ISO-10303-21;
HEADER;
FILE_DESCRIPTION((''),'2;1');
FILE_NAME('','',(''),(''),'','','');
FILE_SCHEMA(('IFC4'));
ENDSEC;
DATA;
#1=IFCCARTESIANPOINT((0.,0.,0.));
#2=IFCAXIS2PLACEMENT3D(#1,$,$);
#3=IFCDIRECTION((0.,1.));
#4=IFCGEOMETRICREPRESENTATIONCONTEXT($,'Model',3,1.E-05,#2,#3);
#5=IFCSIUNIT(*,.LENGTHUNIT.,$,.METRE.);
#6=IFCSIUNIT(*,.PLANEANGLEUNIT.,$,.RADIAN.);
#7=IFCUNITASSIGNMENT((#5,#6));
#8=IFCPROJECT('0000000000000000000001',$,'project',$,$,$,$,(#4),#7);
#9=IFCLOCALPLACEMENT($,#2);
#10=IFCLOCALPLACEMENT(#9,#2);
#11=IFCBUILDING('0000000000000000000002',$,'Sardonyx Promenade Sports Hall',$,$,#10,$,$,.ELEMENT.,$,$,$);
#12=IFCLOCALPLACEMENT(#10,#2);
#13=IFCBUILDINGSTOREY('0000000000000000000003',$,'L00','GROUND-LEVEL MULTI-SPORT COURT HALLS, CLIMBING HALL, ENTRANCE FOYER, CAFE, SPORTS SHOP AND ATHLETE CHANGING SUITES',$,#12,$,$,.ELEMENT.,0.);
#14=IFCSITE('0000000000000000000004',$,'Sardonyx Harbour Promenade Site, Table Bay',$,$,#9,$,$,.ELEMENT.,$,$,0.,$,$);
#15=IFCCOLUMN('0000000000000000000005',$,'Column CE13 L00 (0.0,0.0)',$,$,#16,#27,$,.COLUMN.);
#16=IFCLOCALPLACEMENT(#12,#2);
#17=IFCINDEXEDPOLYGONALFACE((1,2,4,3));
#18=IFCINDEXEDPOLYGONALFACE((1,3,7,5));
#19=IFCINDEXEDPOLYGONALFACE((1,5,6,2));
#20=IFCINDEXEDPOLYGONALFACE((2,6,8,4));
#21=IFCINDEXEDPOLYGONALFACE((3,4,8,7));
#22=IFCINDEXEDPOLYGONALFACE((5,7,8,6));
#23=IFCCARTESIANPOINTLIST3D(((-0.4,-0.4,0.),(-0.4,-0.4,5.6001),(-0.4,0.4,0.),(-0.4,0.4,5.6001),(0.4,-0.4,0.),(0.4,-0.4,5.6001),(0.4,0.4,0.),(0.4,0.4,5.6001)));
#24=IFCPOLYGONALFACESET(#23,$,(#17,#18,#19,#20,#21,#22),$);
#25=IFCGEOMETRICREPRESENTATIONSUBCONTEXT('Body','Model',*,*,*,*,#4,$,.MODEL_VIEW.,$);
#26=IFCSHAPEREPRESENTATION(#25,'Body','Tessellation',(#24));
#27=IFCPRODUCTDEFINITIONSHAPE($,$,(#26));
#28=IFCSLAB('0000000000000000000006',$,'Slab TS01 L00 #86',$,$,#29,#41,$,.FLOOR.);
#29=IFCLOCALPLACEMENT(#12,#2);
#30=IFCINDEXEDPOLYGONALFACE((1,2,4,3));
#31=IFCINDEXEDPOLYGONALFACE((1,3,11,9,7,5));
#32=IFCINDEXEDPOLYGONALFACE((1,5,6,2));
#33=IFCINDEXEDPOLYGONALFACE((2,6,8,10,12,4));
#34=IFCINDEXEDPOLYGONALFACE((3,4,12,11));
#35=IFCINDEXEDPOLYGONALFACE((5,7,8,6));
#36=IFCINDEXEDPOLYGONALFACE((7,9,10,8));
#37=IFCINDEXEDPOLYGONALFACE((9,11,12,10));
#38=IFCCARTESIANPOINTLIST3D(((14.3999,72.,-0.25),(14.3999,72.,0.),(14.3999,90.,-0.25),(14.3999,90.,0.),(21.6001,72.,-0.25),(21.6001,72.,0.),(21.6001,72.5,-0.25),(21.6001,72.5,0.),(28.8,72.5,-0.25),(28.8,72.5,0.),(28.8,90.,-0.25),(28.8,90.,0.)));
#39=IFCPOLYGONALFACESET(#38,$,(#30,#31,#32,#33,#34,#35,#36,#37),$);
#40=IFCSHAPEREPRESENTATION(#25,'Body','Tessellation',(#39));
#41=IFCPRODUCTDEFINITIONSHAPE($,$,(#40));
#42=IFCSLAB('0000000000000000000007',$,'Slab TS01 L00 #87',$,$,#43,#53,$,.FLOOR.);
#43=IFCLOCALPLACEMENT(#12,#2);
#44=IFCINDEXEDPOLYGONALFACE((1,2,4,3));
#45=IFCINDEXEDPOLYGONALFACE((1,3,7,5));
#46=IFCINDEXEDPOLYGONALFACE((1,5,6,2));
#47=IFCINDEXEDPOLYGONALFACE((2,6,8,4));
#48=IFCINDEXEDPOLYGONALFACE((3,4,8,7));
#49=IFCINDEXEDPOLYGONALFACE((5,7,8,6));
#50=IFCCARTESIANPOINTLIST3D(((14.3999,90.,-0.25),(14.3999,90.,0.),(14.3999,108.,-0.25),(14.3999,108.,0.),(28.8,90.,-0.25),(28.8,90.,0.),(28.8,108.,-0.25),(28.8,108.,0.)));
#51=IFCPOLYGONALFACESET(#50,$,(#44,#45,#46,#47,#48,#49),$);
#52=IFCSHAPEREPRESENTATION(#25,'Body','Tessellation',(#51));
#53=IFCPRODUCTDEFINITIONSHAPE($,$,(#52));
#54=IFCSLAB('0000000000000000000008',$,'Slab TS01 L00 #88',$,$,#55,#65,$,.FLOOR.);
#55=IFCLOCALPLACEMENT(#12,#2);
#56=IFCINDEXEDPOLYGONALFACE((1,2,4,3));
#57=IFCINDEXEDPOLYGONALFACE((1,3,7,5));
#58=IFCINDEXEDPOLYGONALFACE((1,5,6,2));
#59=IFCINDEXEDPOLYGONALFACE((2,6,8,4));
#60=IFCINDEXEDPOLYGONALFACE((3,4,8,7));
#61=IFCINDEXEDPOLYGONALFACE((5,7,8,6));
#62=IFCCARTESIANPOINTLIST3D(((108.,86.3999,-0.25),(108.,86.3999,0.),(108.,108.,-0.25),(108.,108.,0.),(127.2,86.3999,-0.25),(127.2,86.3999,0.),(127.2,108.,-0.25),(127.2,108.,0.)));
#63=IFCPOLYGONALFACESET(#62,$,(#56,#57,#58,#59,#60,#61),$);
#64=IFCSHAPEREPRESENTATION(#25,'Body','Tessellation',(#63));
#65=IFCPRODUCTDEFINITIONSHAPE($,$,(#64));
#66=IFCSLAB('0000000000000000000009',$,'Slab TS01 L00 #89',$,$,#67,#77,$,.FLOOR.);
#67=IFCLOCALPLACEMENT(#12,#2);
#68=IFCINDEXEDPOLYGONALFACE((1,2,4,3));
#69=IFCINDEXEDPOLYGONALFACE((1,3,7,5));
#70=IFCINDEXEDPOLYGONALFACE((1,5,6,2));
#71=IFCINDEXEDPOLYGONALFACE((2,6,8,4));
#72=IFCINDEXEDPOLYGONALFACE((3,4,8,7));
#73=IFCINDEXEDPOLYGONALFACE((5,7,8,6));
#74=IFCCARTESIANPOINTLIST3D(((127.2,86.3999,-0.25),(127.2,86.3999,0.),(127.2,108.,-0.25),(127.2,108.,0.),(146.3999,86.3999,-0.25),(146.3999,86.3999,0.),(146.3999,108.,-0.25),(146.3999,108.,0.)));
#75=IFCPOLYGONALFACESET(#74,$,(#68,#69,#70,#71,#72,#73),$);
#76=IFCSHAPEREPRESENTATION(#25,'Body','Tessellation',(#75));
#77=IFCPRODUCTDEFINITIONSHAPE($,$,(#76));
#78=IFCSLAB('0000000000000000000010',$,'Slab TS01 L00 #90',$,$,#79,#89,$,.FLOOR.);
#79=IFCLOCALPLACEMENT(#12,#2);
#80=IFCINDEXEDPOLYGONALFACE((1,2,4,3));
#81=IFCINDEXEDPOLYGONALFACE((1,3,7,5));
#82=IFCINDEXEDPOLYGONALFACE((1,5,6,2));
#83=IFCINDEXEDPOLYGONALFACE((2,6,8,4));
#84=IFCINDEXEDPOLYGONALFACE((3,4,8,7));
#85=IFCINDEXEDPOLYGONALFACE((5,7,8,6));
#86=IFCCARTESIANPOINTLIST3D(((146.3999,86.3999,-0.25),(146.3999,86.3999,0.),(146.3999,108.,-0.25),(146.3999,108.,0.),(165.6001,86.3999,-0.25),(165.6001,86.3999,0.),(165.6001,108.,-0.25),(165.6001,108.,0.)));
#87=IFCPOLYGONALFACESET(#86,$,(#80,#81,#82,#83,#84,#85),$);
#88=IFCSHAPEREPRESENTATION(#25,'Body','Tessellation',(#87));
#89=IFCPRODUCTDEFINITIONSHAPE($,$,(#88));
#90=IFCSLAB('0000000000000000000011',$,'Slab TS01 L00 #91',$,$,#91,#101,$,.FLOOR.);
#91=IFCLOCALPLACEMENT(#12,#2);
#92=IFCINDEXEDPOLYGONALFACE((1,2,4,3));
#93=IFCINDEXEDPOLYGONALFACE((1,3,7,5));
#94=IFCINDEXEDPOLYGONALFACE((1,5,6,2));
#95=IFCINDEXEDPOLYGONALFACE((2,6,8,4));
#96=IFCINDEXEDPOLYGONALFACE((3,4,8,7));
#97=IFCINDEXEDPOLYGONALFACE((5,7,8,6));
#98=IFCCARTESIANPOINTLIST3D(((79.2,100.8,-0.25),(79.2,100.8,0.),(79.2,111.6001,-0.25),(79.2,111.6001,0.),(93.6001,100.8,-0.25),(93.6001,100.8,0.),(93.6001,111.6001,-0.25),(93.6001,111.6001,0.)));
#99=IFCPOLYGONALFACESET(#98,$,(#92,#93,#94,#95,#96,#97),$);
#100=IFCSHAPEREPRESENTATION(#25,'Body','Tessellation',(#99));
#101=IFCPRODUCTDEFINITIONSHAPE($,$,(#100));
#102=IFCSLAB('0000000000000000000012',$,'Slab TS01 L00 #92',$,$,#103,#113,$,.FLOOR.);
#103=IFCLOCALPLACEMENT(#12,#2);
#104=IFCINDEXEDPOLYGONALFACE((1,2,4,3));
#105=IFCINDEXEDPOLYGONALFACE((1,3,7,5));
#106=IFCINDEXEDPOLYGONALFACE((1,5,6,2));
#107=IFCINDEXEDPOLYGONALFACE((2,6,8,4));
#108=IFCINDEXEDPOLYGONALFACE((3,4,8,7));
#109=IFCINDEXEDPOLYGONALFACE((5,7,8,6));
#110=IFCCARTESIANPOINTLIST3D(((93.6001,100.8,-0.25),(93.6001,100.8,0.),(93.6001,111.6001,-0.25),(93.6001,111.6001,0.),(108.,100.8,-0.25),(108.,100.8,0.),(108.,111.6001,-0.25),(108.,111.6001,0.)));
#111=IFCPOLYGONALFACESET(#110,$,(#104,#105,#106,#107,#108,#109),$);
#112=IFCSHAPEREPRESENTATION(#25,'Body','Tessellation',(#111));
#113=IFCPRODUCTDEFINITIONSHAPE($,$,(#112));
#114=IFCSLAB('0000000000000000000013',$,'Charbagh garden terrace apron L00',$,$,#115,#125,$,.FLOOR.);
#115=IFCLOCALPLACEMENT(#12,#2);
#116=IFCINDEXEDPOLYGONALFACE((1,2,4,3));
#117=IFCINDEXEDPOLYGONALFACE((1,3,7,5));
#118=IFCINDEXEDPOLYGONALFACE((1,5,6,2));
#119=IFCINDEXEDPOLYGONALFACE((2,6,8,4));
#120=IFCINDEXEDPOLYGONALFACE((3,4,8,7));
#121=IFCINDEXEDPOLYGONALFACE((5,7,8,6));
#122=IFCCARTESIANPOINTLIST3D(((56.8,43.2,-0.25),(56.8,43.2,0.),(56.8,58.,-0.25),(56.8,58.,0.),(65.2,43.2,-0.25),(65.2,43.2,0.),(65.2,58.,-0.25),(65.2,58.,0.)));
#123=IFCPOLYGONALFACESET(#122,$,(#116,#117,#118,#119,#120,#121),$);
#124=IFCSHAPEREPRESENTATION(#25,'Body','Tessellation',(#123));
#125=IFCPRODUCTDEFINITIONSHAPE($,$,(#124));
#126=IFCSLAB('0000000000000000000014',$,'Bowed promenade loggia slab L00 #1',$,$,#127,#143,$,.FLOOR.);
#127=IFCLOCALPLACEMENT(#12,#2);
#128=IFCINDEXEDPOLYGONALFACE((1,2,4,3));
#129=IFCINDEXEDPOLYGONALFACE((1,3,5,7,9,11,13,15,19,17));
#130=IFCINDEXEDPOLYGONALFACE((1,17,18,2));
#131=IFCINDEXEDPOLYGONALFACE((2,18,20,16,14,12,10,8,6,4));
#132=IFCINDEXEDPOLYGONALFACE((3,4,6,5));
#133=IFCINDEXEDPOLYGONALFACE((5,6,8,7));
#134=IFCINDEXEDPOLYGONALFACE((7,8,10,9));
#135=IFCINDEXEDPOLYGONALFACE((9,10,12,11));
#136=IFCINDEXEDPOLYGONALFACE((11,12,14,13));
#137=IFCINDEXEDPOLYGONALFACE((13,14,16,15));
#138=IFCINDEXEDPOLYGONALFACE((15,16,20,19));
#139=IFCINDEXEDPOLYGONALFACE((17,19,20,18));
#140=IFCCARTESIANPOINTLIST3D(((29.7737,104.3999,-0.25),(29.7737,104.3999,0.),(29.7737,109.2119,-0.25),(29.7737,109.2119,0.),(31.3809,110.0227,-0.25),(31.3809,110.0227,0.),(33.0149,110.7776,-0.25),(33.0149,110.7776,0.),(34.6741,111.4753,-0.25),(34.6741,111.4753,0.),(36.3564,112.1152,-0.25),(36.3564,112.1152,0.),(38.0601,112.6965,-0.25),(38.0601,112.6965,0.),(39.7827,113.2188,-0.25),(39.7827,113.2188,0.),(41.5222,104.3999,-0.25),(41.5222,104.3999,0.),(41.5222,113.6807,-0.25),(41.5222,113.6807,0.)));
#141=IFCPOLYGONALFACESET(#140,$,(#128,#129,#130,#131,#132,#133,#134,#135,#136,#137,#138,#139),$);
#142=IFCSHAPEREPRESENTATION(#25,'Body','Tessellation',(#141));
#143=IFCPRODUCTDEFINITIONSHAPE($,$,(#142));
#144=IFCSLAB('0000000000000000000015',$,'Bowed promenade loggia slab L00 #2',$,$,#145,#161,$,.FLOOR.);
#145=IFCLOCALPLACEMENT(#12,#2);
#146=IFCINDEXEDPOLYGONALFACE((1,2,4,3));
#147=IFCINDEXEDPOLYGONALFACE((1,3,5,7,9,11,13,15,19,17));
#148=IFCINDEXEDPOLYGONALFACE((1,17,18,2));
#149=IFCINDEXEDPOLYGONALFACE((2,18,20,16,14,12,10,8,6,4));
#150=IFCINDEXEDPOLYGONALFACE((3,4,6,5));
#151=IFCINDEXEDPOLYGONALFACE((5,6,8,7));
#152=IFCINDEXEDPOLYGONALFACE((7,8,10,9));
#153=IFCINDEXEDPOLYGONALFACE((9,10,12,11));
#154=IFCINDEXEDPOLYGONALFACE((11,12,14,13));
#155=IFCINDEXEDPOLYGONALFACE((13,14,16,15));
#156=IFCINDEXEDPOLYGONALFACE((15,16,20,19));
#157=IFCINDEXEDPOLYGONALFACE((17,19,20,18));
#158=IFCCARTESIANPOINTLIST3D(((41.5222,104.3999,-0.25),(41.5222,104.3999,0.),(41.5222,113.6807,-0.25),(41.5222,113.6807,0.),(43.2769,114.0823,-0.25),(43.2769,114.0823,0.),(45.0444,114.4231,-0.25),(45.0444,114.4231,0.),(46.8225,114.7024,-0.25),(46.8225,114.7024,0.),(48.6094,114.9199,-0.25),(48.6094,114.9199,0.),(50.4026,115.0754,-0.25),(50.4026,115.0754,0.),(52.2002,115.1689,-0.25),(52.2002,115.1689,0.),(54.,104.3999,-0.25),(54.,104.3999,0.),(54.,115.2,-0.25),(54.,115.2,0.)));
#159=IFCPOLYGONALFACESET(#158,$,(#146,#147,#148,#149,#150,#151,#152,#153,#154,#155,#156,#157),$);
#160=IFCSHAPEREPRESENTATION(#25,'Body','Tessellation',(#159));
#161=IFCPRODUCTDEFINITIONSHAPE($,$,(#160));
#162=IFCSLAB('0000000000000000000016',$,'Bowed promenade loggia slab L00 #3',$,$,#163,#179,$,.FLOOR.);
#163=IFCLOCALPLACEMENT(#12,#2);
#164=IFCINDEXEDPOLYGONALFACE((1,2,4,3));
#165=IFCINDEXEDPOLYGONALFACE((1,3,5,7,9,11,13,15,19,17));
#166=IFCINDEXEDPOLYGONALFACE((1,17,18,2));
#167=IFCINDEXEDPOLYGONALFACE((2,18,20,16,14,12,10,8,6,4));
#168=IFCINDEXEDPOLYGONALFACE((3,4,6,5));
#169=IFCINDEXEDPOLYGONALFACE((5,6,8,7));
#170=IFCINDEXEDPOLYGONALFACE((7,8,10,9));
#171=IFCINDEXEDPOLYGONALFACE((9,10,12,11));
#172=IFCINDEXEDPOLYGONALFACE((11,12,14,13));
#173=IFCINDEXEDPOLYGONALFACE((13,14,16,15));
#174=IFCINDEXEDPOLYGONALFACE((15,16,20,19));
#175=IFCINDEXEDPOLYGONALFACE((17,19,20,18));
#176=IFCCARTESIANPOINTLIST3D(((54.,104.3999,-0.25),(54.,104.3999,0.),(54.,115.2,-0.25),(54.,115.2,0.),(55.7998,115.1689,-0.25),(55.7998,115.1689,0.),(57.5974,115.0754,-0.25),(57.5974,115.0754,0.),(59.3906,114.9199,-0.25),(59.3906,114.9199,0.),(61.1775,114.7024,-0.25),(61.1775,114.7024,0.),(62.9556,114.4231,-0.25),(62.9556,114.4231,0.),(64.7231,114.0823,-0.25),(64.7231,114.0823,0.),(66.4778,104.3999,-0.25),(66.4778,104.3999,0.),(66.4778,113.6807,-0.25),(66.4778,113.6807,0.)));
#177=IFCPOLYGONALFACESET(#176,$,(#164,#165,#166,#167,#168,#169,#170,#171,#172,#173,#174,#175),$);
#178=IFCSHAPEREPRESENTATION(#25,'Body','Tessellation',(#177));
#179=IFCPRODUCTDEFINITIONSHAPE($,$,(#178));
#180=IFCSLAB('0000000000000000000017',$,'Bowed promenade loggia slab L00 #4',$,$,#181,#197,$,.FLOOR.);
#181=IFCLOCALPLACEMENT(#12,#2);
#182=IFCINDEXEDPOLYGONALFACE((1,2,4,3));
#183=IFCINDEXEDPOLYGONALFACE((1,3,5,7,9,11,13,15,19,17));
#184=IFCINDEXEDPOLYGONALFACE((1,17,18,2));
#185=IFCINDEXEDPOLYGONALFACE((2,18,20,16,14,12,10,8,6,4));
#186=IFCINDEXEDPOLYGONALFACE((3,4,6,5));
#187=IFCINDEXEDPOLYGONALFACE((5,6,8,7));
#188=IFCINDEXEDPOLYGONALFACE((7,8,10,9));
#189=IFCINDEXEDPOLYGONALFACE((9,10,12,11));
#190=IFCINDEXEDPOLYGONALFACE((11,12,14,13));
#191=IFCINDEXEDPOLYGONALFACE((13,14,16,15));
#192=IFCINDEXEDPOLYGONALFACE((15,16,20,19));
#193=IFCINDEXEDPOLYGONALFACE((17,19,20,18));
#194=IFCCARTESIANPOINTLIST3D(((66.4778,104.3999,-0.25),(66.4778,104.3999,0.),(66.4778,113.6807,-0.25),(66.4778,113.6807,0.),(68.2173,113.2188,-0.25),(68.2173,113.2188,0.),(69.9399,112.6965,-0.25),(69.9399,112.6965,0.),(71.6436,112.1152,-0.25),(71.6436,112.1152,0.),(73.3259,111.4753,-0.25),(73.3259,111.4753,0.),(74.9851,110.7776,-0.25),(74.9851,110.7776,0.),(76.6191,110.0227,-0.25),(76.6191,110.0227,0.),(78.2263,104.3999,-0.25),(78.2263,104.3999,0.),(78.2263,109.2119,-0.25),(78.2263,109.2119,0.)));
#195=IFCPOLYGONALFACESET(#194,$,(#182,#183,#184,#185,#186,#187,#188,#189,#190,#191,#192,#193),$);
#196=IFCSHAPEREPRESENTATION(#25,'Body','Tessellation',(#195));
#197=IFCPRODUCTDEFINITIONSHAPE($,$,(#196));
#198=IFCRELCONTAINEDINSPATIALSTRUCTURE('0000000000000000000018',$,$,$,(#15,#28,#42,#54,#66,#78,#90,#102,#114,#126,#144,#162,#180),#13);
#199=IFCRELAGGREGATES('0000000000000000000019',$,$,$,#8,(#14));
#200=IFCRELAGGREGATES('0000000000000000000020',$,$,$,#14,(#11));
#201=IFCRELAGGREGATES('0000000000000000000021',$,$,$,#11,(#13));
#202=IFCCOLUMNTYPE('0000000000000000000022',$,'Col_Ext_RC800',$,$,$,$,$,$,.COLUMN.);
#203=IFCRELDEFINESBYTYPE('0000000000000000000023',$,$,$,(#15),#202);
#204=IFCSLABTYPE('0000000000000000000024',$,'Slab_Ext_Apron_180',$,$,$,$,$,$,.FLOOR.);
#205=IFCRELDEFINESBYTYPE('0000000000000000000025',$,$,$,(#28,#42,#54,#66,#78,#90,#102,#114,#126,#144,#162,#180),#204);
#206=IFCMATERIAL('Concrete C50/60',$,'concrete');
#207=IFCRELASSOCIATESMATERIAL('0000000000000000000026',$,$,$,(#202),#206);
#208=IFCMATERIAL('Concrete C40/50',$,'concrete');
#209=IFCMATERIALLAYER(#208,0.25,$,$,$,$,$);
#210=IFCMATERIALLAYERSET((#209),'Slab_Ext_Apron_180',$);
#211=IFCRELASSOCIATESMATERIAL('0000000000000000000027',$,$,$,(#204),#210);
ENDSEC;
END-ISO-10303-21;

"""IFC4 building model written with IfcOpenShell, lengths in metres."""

from ifc_helpers import new_model, si_unit, direction, frame, origin, origin_with_axes, origin_2d, place, context, subcontext, project, spatial, polyline, rectangle, outline, extrude, material, layer, layer_set, material_profile, profile_set, type_object, element, save


model = new_model("IFC4")

# Units and contexts
model_context = context("Model", 3, precision=1e-05, world=origin(), true_north=direction((0.0, 1.0)))
body_context = subcontext(model_context, "Body", "Model", "MODEL_VIEW")
ifc_project = project(units=[si_unit("LENGTHUNIT", "METRE"), si_unit("PLANEANGLEUNIT", "RADIAN")], contexts=[model_context])

# Site, building, storey
site_placement = place(None, origin())
site = spatial("IfcSite", under=ifc_project, at=site_placement, Name="Sardonyx Harbour Promenade Site, Table Bay", CompositionType="ELEMENT", RefElevation=0.0)
building_placement = place(site_placement, origin())
building = spatial("IfcBuilding", under=site, at=building_placement, Name="Sardonyx Promenade Sports Hall", CompositionType="ELEMENT")
storey_placement = place(building_placement, origin())
storey = spatial("IfcBuildingStorey", under=building, at=storey_placement, Name="L00", Description="GROUND-LEVEL MULTI-SPORT COURT HALLS, CLIMBING HALL, ENTRANCE FOYER, CAFE, SPORTS SHOP AND ATHLETE CHANGING SUITES", CompositionType="ELEMENT", Elevation=0.0)

# Column
ifc_material_1 = material(Name="Concrete C50/60", Category="concrete")
ifc_material_profile = material_profile(ifc_material_1, rectangle(XDim=0.8, YDim=0.8, at=origin_2d()))
ifc_profile_set = profile_set([ifc_material_profile], Name="Concrete C50/60")
column_type = type_object("IfcColumnType", Name="Col_Ext_RC800", PredefinedType="COLUMN", material=ifc_profile_set)
column_placement = place(storey_placement, origin_with_axes())
element("IfcColumn", 1, at=column_placement, inside=storey, type_object=column_type, Name="Column CE13 L00 (0.0,0.0)", PredefinedType="COLUMN", context=body_context, shape_type="SweptSolid", body=[
    extrude(rectangle(XDim=0.8, YDim=0.8, at=origin_2d()), origin(), (0.0, 0.0, 1.0), 5.6001),
])

# Slabs
ifc_material_2 = material(Name="Concrete C40/50", Category="concrete")
ifc_layer_1 = layer(ifc_material_2, 0.25)
ifc_layer_set_1 = layer_set([ifc_layer_1], Name="Slab_Ext_Apron_180")
slab_type = type_object("IfcSlabType", Name="Slab_Ext_Apron_180", PredefinedType="FLOOR", material=ifc_layer_set_1)
slab_1_placement = place(storey_placement, frame((0.0, 0.0, -0.25)))
element("IfcSlab", 2, at=slab_1_placement, inside=storey, type_object=slab_type, Name="Slab TS01 L00 #86", PredefinedType="FLOOR", context=body_context, shape_type="SweptSolid", body=[
    extrude(outline(polyline([(14.3999, 72.0), (21.6001, 72.0), (21.6001, 72.5), (28.8, 72.5), (28.8, 90.0), (14.3999, 90.0), (14.3999, 72.0)])), origin(), (0.0, 0.0, 1.0), 0.25),
])
slab_2_placement = place(storey_placement, frame((0.0, 0.0, -0.25)))
element("IfcSlab", 3, at=slab_2_placement, inside=storey, type_object=slab_type, Name="Slab TS01 L00 #87", PredefinedType="FLOOR", context=body_context, shape_type="SweptSolid", body=[
    extrude(outline(polyline([(14.3999, 90.0), (28.8, 90.0), (28.8, 108.0), (14.3999, 108.0), (14.3999, 90.0)])), origin(), (0.0, 0.0, 1.0), 0.25),
])
slab_3_placement = place(storey_placement, frame((0.0, 0.0, -0.25)))
element("IfcSlab", 4, at=slab_3_placement, inside=storey, type_object=slab_type, Name="Slab TS01 L00 #88", PredefinedType="FLOOR", context=body_context, shape_type="SweptSolid", body=[
    extrude(outline(polyline([(108.0, 86.3999), (127.2, 86.3999), (127.2, 108.0), (108.0, 108.0), (108.0, 86.3999)])), origin(), (0.0, 0.0, 1.0), 0.25),
])
slab_4_placement = place(storey_placement, frame((0.0, 0.0, -0.25)))
element("IfcSlab", 5, at=slab_4_placement, inside=storey, type_object=slab_type, Name="Slab TS01 L00 #89", PredefinedType="FLOOR", context=body_context, shape_type="SweptSolid", body=[
    extrude(outline(polyline([(127.2, 86.3999), (146.3999, 86.3999), (146.3999, 108.0), (127.2, 108.0), (127.2, 86.3999)])), origin(), (0.0, 0.0, 1.0), 0.25),
])
slab_5_placement = place(storey_placement, frame((0.0, 0.0, -0.25)))
element("IfcSlab", 6, at=slab_5_placement, inside=storey, type_object=slab_type, Name="Slab TS01 L00 #90", PredefinedType="FLOOR", context=body_context, shape_type="SweptSolid", body=[
    extrude(outline(polyline([(146.3999, 86.3999), (165.6001, 86.3999), (165.6001, 108.0), (146.3999, 108.0), (146.3999, 86.3999)])), origin(), (0.0, 0.0, 1.0), 0.25),
])
slab_6_placement = place(storey_placement, frame((0.0, 0.0, -0.25)))
element("IfcSlab", 7, at=slab_6_placement, inside=storey, type_object=slab_type, Name="Slab TS01 L00 #91", PredefinedType="FLOOR", context=body_context, shape_type="SweptSolid", body=[
    extrude(outline(polyline([(79.2, 100.8), (93.6001, 100.8), (93.6001, 111.6001), (79.2, 111.6001), (79.2, 100.8)])), origin(), (0.0, 0.0, 1.0), 0.25),
])
slab_7_placement = place(storey_placement, frame((0.0, 0.0, -0.25)))
element("IfcSlab", 8, at=slab_7_placement, inside=storey, type_object=slab_type, Name="Slab TS01 L00 #92", PredefinedType="FLOOR", context=body_context, shape_type="SweptSolid", body=[
    extrude(outline(polyline([(93.6001, 100.8), (108.0, 100.8), (108.0, 111.6001), (93.6001, 111.6001), (93.6001, 100.8)])), origin(), (0.0, 0.0, 1.0), 0.25),
])
slab_8_placement = place(storey_placement, frame((0.0, 0.0, -0.25)))
element("IfcSlab", 9, at=slab_8_placement, inside=storey, type_object=slab_type, Name="Charbagh garden terrace apron L00", PredefinedType="FLOOR", context=body_context, shape_type="SweptSolid", body=[
    extrude(outline(polyline([(56.8, 43.2), (65.2, 43.2), (65.2, 58.0), (56.8, 58.0), (56.8, 43.2)])), origin(), (0.0, 0.0, 1.0), 0.25),
])
slab_9_placement = place(storey_placement, frame((0.0, 0.0, -0.25)))
element("IfcSlab", 10, at=slab_9_placement, inside=storey, type_object=slab_type, Name="Bowed promenade loggia slab L00 #1", PredefinedType="FLOOR", context=body_context, shape_type="SweptSolid", body=[
    extrude(outline(polyline([(29.7737, 104.3999), (41.5222, 104.3999), (41.5222, 113.6807), (39.7827, 113.2188), (38.0601, 112.6965), (36.3564, 112.1152), (34.6741, 111.4753), (33.0149, 110.7776), (31.3809, 110.0227), (29.7737, 109.2119), (29.7737, 104.3999)])), origin(), (0.0, 0.0, 1.0), 0.25),
])
slab_10_placement = place(storey_placement, frame((0.0, 0.0, -0.25)))
element("IfcSlab", 11, at=slab_10_placement, inside=storey, type_object=slab_type, Name="Bowed promenade loggia slab L00 #2", PredefinedType="FLOOR", context=body_context, shape_type="SweptSolid", body=[
    extrude(outline(polyline([(41.5222, 104.3999), (54.0, 104.3999), (54.0, 115.2), (52.2002, 115.1689), (50.4026, 115.0754), (48.6094, 114.9199), (46.8225, 114.7024), (45.0444, 114.4231), (43.2769, 114.0823), (41.5222, 113.6807), (41.5222, 104.3999)])), origin(), (0.0, 0.0, 1.0), 0.25),
])
slab_11_placement = place(storey_placement, frame((0.0, 0.0, -0.25)))
element("IfcSlab", 12, at=slab_11_placement, inside=storey, type_object=slab_type, Name="Bowed promenade loggia slab L00 #3", PredefinedType="FLOOR", context=body_context, shape_type="SweptSolid", body=[
    extrude(outline(polyline([(54.0, 104.3999), (66.4778, 104.3999), (66.4778, 113.6807), (64.7231, 114.0823), (62.9556, 114.4231), (61.1775, 114.7024), (59.3906, 114.9199), (57.5974, 115.0754), (55.7998, 115.1689), (54.0, 115.2), (54.0, 104.3999)])), origin(), (0.0, 0.0, 1.0), 0.25),
])
slab_12_placement = place(storey_placement, frame((0.0, 0.0, -0.25)))
element("IfcSlab", 13, at=slab_12_placement, inside=storey, type_object=slab_type, Name="Bowed promenade loggia slab L00 #4", PredefinedType="FLOOR", context=body_context, shape_type="SweptSolid", body=[
    extrude(outline(polyline([(66.4778, 104.3999), (78.2263, 104.3999), (78.2263, 109.2119), (76.6191, 110.0227), (74.9851, 110.7776), (73.3259, 111.4753), (71.6436, 112.1152), (69.9399, 112.6965), (68.2173, 113.2188), (66.4778, 113.6807), (66.4778, 104.3999)])), origin(), (0.0, 0.0, 1.0), 0.25),
])

save(model, "model.ifc")
